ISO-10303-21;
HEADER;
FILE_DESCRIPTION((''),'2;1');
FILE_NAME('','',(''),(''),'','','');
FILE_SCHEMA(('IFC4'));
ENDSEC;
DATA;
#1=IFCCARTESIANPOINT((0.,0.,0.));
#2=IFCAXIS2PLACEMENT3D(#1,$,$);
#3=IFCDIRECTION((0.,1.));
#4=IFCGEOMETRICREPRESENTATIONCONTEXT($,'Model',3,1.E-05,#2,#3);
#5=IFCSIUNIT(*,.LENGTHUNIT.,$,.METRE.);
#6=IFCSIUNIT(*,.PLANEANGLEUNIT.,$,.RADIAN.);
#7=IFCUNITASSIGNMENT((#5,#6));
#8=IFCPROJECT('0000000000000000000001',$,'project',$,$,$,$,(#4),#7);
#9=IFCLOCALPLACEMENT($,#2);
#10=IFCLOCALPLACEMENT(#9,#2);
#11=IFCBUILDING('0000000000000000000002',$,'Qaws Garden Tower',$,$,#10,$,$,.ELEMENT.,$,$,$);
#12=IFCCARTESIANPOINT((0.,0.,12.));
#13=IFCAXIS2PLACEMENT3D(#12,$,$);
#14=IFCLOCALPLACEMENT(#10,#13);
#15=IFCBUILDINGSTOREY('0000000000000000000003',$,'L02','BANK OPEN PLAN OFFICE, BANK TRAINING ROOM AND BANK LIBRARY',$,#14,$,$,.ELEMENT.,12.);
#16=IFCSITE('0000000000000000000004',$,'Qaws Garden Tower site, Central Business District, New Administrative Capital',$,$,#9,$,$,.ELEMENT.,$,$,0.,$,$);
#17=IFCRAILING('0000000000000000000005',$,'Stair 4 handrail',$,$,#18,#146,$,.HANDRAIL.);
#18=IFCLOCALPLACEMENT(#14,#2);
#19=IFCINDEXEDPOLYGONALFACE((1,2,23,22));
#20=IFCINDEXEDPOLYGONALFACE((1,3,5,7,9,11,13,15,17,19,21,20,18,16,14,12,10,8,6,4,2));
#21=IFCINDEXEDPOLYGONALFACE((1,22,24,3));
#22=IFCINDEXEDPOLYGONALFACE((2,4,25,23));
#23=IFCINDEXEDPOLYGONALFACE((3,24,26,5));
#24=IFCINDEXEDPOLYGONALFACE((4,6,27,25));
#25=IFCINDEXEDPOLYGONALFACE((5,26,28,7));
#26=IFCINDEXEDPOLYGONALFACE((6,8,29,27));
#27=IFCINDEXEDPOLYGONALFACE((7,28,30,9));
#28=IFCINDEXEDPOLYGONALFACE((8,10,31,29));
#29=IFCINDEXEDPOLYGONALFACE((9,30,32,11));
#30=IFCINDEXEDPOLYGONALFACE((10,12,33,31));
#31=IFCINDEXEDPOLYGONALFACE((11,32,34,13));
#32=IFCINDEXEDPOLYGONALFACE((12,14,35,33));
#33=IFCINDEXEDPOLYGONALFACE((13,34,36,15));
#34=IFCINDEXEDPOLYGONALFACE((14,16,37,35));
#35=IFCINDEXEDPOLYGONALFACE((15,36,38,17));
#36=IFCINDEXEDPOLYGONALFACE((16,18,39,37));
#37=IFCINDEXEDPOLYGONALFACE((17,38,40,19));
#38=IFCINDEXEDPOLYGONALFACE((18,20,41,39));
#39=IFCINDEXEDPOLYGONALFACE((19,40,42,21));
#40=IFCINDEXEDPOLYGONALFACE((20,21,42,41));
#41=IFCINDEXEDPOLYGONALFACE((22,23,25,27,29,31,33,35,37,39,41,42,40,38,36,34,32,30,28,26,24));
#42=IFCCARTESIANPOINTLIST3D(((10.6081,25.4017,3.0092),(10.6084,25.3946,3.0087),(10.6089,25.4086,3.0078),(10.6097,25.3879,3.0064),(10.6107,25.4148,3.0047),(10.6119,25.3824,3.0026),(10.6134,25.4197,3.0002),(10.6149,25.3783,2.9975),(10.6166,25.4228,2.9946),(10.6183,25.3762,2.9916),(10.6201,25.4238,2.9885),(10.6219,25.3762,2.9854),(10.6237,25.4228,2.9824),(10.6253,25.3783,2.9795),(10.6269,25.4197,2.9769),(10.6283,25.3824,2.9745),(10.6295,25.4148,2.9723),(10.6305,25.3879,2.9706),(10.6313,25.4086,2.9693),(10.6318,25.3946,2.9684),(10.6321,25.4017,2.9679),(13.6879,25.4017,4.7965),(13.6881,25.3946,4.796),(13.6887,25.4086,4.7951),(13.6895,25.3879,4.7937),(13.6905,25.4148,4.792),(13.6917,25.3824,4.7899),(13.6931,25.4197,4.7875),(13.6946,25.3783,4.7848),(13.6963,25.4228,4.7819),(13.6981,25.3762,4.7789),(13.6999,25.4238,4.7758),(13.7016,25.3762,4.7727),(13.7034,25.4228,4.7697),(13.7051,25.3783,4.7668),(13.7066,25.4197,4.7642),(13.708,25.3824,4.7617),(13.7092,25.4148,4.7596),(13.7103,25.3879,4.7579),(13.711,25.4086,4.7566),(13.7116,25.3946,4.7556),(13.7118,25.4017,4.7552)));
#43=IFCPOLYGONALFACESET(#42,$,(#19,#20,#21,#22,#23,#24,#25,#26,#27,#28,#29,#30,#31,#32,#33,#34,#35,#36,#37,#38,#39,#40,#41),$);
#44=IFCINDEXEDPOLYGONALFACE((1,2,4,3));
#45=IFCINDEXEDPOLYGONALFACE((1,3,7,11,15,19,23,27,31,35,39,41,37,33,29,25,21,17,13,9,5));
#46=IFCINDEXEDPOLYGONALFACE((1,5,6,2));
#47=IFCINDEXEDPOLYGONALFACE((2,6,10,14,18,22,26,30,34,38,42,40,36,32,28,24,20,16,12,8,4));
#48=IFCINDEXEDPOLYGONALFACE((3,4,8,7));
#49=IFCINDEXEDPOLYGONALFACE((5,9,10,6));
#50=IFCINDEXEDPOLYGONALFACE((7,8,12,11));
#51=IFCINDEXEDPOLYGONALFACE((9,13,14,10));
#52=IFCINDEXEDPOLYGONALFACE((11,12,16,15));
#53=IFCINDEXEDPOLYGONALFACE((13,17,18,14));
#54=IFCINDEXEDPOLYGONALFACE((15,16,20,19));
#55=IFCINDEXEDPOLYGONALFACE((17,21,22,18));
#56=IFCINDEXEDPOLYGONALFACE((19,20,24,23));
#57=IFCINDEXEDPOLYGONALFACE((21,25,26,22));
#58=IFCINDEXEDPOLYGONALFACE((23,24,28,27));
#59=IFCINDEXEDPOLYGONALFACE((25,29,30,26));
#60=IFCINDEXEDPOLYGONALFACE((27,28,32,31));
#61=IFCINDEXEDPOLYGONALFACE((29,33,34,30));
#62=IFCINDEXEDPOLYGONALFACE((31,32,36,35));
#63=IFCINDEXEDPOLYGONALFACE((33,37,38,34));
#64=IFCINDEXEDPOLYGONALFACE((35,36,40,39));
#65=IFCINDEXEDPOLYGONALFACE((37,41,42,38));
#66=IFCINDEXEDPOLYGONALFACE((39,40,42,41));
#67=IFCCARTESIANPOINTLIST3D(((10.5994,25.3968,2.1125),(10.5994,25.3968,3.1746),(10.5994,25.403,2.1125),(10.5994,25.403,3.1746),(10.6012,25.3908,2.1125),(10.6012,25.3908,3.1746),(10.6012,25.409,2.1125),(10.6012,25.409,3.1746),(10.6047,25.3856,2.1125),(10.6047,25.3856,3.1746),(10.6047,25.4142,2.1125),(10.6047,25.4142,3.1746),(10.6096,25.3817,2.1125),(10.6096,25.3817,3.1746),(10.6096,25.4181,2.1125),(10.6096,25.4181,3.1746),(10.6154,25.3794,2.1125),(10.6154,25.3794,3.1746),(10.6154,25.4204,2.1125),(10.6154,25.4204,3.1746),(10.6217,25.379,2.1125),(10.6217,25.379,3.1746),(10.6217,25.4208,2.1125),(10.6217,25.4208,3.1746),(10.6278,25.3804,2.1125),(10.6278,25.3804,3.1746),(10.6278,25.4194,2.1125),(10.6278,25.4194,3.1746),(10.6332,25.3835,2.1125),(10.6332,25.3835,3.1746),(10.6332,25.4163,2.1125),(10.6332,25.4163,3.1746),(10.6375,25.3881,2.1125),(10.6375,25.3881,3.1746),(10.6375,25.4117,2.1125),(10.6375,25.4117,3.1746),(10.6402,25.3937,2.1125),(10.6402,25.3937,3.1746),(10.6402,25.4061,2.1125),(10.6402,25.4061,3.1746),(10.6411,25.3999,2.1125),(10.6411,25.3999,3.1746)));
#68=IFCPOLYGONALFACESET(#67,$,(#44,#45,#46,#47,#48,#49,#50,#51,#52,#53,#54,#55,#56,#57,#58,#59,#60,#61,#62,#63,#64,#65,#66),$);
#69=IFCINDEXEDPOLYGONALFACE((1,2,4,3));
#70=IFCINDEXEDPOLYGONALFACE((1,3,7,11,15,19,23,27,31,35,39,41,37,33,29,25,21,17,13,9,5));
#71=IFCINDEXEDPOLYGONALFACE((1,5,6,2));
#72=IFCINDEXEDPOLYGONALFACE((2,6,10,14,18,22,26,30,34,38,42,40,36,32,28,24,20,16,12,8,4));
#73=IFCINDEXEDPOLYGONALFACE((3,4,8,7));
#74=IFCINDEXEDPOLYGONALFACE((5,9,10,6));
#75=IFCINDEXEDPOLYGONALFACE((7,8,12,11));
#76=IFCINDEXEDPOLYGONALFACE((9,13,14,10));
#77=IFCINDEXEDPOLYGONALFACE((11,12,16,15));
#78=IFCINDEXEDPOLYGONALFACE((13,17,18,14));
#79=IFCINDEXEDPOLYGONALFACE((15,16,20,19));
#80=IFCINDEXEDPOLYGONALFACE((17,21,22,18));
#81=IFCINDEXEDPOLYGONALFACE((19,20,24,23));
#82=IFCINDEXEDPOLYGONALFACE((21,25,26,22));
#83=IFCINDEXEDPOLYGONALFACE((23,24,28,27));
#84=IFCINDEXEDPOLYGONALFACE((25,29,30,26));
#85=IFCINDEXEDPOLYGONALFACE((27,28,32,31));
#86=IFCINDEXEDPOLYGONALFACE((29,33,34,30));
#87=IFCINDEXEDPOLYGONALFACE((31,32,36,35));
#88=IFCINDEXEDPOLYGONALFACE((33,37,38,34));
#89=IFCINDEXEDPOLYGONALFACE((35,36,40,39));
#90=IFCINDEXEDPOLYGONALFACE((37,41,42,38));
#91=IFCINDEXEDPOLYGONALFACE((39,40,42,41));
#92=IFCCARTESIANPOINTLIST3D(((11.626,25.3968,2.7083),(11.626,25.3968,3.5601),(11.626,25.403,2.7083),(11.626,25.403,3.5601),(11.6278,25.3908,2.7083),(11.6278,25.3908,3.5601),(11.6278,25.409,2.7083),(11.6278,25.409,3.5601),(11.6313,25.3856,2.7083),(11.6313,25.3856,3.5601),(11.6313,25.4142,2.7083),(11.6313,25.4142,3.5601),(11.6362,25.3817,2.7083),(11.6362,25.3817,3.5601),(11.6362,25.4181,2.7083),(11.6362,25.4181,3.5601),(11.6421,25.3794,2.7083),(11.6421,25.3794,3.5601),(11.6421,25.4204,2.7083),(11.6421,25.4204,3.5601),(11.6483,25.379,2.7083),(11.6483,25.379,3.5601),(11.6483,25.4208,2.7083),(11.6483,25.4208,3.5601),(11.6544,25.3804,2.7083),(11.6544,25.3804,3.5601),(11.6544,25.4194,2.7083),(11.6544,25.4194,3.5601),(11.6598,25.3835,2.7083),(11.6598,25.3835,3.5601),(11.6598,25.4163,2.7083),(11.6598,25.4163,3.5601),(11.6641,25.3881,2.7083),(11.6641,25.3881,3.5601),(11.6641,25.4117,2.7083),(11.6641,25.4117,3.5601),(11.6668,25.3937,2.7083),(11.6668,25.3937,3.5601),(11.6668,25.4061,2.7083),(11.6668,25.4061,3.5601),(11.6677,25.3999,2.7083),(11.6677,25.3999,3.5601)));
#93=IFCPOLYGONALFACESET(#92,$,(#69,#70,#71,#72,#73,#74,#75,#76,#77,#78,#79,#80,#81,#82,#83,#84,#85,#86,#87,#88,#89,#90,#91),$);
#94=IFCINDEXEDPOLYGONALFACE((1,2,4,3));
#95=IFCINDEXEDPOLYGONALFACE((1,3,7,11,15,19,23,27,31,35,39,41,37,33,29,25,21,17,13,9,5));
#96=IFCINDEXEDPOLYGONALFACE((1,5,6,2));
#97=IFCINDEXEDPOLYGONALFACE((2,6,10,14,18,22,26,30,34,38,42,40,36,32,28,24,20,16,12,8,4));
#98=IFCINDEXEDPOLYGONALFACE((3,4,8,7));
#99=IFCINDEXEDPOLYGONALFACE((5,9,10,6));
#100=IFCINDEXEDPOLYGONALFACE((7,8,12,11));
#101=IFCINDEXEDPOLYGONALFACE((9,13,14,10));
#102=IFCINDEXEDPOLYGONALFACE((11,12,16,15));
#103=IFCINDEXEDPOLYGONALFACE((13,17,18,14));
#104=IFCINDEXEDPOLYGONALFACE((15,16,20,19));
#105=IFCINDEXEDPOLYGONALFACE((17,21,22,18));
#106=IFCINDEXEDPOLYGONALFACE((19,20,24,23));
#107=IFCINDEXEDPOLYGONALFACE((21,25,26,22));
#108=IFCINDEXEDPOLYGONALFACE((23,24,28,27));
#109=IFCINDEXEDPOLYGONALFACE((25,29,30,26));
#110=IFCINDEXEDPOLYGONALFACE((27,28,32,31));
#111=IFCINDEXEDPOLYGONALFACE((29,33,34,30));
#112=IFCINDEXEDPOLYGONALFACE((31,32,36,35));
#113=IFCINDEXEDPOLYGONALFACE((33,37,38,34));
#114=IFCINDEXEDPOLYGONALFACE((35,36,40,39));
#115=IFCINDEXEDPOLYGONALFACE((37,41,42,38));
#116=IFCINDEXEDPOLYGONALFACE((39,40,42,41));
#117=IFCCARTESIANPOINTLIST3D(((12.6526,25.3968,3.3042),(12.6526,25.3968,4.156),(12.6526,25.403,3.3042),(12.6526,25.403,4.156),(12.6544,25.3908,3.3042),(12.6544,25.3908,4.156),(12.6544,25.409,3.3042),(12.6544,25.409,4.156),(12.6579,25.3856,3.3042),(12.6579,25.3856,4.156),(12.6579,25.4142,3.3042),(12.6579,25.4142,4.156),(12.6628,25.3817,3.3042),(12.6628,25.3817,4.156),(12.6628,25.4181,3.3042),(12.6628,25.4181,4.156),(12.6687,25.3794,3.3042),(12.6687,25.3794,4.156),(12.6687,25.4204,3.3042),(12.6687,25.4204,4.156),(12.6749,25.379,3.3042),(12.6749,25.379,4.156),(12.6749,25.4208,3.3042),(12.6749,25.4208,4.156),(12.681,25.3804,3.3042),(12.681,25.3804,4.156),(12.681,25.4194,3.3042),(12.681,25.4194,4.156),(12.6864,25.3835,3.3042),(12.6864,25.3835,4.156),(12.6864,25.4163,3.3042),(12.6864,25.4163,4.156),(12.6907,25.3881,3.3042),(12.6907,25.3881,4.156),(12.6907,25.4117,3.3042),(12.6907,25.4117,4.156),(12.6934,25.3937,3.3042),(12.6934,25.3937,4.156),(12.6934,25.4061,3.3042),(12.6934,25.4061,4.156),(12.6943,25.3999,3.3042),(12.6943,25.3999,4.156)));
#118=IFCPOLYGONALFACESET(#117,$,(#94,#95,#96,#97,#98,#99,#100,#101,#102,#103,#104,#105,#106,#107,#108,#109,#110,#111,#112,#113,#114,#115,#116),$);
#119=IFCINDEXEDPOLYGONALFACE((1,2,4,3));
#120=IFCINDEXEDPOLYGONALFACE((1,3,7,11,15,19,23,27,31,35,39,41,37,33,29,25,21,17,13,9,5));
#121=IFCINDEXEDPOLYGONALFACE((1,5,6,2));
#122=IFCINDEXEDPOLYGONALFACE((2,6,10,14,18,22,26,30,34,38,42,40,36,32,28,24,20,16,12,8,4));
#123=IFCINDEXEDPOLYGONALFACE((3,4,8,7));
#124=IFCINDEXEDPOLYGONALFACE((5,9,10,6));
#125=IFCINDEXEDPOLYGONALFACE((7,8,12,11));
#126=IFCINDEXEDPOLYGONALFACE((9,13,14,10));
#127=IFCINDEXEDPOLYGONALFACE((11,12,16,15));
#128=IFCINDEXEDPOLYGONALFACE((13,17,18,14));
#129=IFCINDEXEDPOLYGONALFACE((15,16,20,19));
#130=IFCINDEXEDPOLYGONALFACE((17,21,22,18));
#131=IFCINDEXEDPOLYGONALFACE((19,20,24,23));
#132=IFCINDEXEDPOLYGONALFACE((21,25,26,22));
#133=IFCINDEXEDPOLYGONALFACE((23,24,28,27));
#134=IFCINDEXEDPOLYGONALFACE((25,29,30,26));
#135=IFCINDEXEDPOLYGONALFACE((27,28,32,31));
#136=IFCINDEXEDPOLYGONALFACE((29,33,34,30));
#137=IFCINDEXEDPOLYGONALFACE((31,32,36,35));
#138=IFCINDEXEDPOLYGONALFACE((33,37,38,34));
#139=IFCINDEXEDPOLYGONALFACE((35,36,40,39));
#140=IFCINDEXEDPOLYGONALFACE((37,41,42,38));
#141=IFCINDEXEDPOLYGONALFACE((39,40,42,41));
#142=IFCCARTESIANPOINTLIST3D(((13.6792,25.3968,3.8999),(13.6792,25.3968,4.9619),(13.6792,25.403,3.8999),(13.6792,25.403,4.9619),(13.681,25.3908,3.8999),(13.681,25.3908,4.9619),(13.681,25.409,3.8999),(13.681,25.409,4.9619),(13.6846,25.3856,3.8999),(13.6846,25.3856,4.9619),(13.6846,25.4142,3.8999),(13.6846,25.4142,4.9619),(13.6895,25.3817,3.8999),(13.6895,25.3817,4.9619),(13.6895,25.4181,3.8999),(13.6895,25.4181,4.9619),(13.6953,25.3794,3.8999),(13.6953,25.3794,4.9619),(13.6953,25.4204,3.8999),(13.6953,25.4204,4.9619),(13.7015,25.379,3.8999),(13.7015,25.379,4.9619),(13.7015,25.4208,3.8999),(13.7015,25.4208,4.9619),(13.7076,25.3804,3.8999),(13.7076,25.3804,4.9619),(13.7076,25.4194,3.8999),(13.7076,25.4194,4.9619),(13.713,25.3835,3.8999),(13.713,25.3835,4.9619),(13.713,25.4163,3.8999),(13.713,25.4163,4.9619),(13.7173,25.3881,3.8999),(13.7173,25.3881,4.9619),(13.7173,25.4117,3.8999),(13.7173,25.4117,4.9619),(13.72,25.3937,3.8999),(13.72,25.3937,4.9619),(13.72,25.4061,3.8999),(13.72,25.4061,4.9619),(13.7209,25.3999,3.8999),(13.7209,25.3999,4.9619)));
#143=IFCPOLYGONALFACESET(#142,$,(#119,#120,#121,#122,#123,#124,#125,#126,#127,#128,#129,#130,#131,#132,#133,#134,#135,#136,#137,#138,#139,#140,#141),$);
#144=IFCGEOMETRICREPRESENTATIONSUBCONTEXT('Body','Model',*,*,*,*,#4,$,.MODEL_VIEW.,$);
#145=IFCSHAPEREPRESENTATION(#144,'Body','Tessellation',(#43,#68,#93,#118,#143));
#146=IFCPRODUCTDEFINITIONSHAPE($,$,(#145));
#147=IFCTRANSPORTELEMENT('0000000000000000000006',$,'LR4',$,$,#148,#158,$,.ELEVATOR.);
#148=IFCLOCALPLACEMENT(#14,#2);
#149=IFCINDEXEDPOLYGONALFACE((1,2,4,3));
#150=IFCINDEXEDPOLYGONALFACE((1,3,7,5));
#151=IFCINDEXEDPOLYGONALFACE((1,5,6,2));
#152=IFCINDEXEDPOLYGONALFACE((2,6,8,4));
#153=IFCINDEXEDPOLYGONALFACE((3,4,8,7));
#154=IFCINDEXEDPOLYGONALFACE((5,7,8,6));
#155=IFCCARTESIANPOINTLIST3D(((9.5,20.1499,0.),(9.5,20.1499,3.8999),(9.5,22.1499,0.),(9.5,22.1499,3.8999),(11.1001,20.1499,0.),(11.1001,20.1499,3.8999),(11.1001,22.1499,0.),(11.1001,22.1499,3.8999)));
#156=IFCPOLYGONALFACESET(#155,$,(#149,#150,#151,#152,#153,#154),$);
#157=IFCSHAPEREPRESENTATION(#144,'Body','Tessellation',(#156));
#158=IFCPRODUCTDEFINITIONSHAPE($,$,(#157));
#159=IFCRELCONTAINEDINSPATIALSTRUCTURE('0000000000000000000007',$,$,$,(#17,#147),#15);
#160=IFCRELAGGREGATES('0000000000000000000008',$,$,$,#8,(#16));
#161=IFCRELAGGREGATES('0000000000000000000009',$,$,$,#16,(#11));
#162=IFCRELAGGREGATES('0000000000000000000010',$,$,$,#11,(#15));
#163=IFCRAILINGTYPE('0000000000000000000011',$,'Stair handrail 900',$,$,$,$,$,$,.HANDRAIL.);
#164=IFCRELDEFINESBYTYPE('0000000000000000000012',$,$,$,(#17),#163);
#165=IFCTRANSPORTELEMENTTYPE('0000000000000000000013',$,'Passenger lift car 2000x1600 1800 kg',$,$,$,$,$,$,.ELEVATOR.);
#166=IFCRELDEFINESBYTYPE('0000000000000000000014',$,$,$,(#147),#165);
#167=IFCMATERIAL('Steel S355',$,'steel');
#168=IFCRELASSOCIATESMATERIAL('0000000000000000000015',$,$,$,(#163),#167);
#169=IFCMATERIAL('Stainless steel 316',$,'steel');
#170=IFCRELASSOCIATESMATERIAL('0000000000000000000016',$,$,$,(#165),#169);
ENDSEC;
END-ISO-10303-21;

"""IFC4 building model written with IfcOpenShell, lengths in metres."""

from ifc_helpers import new_model, si_unit, direction, frame, origin, origin_2d, place, context, subcontext, project, spatial, rectangle, circle, extrude, material, type_object, element, save


model = new_model("IFC4")

# Units and contexts
model_context = context("Model", 3, precision=1e-05, world=origin(), true_north=direction((0.0, 1.0)))
body_context = subcontext(model_context, "Body", "Model", "MODEL_VIEW")
ifc_project = project(units=[si_unit("LENGTHUNIT", "METRE"), si_unit("PLANEANGLEUNIT", "RADIAN")], contexts=[model_context])

# Site, building, storey
site_placement = place(None, origin())
site = spatial("IfcSite", under=ifc_project, at=site_placement, Name="Qaws Garden Tower site, Central Business District, New Administrative Capital", CompositionType="ELEMENT", RefElevation=0.0)
building_placement = place(site_placement, origin())
building = spatial("IfcBuilding", under=site, at=building_placement, Name="Qaws Garden Tower", CompositionType="ELEMENT")
storey_placement = place(building_placement, frame((0.0, 0.0, 12.0)))
storey = spatial("IfcBuildingStorey", under=building, at=storey_placement, Name="L02", Description="BANK OPEN PLAN OFFICE, BANK TRAINING ROOM AND BANK LIBRARY", CompositionType="ELEMENT", Elevation=12.0)

# Railing
ifc_material_1 = material(Name="Steel S355", Category="steel")
railing_type = type_object("IfcRailingType", Name="Stair handrail 900", PredefinedType="HANDRAIL", material=ifc_material_1)
railing_1_placement = place(storey_placement, frame((10.6201, 25.3999, 2.1125)))
element("IfcRailing", 1, at=railing_1_placement, inside=storey, type_object=railing_type, Name="Stair 4 handrail", PredefinedType="HANDRAIL", context=body_context, shape_type="SweptSolid", body=[
    extrude(circle(Radius=0.0239, at=origin_2d()), frame((0.0, 0.0, 0.876), z_axis=(0.864903, 0.0, 0.501939), x_axis=(0.0, 1.0, 0.0)), (0.0, 0.0, 1.0), 3.5608),
    extrude(circle(Radius=0.021, at=origin_2d()), origin(), (0.0, 0.0, 1.0), 1.062),
    extrude(circle(Radius=0.021, at=origin_2d()), frame((1.0266, 0.0, 0.5957)), (0.0, 0.0, 1.0), 0.8518),
    extrude(circle(Radius=0.021, at=origin_2d()), frame((2.0532, 0.0, 1.1917)), (0.0, 0.0, 1.0), 0.8518),
    extrude(circle(Radius=0.021, at=origin_2d()), frame((3.0798, 0.0, 1.7874)), (0.0, 0.0, 1.0), 1.062),
])

# Transport element
ifc_material_2 = material(Name="Stainless steel 316", Category="steel")
transport_element_type = type_object("IfcTransportElementType", Name="Passenger lift car 2000x1600 1800 kg", PredefinedType="ELEVATOR", material=ifc_material_2)
transport_element_placement = place(storey_placement, frame((10.3, 21.1499, 0.0), z_axis=(0.0, 0.0, 1.0), x_axis=(1.0, 0.0, 0.0)))
element("IfcTransportElement", 2, at=transport_element_placement, inside=storey, type_object=transport_element_type, Name="LR4", PredefinedType="ELEVATOR", context=body_context, shape_type="SweptSolid", body=[
    extrude(rectangle(XDim=1.6001, YDim=2.0, at=origin_2d()), origin(), (0.0, 0.0, 1.0), 3.8999),
])

save(model, "model.ifc")
